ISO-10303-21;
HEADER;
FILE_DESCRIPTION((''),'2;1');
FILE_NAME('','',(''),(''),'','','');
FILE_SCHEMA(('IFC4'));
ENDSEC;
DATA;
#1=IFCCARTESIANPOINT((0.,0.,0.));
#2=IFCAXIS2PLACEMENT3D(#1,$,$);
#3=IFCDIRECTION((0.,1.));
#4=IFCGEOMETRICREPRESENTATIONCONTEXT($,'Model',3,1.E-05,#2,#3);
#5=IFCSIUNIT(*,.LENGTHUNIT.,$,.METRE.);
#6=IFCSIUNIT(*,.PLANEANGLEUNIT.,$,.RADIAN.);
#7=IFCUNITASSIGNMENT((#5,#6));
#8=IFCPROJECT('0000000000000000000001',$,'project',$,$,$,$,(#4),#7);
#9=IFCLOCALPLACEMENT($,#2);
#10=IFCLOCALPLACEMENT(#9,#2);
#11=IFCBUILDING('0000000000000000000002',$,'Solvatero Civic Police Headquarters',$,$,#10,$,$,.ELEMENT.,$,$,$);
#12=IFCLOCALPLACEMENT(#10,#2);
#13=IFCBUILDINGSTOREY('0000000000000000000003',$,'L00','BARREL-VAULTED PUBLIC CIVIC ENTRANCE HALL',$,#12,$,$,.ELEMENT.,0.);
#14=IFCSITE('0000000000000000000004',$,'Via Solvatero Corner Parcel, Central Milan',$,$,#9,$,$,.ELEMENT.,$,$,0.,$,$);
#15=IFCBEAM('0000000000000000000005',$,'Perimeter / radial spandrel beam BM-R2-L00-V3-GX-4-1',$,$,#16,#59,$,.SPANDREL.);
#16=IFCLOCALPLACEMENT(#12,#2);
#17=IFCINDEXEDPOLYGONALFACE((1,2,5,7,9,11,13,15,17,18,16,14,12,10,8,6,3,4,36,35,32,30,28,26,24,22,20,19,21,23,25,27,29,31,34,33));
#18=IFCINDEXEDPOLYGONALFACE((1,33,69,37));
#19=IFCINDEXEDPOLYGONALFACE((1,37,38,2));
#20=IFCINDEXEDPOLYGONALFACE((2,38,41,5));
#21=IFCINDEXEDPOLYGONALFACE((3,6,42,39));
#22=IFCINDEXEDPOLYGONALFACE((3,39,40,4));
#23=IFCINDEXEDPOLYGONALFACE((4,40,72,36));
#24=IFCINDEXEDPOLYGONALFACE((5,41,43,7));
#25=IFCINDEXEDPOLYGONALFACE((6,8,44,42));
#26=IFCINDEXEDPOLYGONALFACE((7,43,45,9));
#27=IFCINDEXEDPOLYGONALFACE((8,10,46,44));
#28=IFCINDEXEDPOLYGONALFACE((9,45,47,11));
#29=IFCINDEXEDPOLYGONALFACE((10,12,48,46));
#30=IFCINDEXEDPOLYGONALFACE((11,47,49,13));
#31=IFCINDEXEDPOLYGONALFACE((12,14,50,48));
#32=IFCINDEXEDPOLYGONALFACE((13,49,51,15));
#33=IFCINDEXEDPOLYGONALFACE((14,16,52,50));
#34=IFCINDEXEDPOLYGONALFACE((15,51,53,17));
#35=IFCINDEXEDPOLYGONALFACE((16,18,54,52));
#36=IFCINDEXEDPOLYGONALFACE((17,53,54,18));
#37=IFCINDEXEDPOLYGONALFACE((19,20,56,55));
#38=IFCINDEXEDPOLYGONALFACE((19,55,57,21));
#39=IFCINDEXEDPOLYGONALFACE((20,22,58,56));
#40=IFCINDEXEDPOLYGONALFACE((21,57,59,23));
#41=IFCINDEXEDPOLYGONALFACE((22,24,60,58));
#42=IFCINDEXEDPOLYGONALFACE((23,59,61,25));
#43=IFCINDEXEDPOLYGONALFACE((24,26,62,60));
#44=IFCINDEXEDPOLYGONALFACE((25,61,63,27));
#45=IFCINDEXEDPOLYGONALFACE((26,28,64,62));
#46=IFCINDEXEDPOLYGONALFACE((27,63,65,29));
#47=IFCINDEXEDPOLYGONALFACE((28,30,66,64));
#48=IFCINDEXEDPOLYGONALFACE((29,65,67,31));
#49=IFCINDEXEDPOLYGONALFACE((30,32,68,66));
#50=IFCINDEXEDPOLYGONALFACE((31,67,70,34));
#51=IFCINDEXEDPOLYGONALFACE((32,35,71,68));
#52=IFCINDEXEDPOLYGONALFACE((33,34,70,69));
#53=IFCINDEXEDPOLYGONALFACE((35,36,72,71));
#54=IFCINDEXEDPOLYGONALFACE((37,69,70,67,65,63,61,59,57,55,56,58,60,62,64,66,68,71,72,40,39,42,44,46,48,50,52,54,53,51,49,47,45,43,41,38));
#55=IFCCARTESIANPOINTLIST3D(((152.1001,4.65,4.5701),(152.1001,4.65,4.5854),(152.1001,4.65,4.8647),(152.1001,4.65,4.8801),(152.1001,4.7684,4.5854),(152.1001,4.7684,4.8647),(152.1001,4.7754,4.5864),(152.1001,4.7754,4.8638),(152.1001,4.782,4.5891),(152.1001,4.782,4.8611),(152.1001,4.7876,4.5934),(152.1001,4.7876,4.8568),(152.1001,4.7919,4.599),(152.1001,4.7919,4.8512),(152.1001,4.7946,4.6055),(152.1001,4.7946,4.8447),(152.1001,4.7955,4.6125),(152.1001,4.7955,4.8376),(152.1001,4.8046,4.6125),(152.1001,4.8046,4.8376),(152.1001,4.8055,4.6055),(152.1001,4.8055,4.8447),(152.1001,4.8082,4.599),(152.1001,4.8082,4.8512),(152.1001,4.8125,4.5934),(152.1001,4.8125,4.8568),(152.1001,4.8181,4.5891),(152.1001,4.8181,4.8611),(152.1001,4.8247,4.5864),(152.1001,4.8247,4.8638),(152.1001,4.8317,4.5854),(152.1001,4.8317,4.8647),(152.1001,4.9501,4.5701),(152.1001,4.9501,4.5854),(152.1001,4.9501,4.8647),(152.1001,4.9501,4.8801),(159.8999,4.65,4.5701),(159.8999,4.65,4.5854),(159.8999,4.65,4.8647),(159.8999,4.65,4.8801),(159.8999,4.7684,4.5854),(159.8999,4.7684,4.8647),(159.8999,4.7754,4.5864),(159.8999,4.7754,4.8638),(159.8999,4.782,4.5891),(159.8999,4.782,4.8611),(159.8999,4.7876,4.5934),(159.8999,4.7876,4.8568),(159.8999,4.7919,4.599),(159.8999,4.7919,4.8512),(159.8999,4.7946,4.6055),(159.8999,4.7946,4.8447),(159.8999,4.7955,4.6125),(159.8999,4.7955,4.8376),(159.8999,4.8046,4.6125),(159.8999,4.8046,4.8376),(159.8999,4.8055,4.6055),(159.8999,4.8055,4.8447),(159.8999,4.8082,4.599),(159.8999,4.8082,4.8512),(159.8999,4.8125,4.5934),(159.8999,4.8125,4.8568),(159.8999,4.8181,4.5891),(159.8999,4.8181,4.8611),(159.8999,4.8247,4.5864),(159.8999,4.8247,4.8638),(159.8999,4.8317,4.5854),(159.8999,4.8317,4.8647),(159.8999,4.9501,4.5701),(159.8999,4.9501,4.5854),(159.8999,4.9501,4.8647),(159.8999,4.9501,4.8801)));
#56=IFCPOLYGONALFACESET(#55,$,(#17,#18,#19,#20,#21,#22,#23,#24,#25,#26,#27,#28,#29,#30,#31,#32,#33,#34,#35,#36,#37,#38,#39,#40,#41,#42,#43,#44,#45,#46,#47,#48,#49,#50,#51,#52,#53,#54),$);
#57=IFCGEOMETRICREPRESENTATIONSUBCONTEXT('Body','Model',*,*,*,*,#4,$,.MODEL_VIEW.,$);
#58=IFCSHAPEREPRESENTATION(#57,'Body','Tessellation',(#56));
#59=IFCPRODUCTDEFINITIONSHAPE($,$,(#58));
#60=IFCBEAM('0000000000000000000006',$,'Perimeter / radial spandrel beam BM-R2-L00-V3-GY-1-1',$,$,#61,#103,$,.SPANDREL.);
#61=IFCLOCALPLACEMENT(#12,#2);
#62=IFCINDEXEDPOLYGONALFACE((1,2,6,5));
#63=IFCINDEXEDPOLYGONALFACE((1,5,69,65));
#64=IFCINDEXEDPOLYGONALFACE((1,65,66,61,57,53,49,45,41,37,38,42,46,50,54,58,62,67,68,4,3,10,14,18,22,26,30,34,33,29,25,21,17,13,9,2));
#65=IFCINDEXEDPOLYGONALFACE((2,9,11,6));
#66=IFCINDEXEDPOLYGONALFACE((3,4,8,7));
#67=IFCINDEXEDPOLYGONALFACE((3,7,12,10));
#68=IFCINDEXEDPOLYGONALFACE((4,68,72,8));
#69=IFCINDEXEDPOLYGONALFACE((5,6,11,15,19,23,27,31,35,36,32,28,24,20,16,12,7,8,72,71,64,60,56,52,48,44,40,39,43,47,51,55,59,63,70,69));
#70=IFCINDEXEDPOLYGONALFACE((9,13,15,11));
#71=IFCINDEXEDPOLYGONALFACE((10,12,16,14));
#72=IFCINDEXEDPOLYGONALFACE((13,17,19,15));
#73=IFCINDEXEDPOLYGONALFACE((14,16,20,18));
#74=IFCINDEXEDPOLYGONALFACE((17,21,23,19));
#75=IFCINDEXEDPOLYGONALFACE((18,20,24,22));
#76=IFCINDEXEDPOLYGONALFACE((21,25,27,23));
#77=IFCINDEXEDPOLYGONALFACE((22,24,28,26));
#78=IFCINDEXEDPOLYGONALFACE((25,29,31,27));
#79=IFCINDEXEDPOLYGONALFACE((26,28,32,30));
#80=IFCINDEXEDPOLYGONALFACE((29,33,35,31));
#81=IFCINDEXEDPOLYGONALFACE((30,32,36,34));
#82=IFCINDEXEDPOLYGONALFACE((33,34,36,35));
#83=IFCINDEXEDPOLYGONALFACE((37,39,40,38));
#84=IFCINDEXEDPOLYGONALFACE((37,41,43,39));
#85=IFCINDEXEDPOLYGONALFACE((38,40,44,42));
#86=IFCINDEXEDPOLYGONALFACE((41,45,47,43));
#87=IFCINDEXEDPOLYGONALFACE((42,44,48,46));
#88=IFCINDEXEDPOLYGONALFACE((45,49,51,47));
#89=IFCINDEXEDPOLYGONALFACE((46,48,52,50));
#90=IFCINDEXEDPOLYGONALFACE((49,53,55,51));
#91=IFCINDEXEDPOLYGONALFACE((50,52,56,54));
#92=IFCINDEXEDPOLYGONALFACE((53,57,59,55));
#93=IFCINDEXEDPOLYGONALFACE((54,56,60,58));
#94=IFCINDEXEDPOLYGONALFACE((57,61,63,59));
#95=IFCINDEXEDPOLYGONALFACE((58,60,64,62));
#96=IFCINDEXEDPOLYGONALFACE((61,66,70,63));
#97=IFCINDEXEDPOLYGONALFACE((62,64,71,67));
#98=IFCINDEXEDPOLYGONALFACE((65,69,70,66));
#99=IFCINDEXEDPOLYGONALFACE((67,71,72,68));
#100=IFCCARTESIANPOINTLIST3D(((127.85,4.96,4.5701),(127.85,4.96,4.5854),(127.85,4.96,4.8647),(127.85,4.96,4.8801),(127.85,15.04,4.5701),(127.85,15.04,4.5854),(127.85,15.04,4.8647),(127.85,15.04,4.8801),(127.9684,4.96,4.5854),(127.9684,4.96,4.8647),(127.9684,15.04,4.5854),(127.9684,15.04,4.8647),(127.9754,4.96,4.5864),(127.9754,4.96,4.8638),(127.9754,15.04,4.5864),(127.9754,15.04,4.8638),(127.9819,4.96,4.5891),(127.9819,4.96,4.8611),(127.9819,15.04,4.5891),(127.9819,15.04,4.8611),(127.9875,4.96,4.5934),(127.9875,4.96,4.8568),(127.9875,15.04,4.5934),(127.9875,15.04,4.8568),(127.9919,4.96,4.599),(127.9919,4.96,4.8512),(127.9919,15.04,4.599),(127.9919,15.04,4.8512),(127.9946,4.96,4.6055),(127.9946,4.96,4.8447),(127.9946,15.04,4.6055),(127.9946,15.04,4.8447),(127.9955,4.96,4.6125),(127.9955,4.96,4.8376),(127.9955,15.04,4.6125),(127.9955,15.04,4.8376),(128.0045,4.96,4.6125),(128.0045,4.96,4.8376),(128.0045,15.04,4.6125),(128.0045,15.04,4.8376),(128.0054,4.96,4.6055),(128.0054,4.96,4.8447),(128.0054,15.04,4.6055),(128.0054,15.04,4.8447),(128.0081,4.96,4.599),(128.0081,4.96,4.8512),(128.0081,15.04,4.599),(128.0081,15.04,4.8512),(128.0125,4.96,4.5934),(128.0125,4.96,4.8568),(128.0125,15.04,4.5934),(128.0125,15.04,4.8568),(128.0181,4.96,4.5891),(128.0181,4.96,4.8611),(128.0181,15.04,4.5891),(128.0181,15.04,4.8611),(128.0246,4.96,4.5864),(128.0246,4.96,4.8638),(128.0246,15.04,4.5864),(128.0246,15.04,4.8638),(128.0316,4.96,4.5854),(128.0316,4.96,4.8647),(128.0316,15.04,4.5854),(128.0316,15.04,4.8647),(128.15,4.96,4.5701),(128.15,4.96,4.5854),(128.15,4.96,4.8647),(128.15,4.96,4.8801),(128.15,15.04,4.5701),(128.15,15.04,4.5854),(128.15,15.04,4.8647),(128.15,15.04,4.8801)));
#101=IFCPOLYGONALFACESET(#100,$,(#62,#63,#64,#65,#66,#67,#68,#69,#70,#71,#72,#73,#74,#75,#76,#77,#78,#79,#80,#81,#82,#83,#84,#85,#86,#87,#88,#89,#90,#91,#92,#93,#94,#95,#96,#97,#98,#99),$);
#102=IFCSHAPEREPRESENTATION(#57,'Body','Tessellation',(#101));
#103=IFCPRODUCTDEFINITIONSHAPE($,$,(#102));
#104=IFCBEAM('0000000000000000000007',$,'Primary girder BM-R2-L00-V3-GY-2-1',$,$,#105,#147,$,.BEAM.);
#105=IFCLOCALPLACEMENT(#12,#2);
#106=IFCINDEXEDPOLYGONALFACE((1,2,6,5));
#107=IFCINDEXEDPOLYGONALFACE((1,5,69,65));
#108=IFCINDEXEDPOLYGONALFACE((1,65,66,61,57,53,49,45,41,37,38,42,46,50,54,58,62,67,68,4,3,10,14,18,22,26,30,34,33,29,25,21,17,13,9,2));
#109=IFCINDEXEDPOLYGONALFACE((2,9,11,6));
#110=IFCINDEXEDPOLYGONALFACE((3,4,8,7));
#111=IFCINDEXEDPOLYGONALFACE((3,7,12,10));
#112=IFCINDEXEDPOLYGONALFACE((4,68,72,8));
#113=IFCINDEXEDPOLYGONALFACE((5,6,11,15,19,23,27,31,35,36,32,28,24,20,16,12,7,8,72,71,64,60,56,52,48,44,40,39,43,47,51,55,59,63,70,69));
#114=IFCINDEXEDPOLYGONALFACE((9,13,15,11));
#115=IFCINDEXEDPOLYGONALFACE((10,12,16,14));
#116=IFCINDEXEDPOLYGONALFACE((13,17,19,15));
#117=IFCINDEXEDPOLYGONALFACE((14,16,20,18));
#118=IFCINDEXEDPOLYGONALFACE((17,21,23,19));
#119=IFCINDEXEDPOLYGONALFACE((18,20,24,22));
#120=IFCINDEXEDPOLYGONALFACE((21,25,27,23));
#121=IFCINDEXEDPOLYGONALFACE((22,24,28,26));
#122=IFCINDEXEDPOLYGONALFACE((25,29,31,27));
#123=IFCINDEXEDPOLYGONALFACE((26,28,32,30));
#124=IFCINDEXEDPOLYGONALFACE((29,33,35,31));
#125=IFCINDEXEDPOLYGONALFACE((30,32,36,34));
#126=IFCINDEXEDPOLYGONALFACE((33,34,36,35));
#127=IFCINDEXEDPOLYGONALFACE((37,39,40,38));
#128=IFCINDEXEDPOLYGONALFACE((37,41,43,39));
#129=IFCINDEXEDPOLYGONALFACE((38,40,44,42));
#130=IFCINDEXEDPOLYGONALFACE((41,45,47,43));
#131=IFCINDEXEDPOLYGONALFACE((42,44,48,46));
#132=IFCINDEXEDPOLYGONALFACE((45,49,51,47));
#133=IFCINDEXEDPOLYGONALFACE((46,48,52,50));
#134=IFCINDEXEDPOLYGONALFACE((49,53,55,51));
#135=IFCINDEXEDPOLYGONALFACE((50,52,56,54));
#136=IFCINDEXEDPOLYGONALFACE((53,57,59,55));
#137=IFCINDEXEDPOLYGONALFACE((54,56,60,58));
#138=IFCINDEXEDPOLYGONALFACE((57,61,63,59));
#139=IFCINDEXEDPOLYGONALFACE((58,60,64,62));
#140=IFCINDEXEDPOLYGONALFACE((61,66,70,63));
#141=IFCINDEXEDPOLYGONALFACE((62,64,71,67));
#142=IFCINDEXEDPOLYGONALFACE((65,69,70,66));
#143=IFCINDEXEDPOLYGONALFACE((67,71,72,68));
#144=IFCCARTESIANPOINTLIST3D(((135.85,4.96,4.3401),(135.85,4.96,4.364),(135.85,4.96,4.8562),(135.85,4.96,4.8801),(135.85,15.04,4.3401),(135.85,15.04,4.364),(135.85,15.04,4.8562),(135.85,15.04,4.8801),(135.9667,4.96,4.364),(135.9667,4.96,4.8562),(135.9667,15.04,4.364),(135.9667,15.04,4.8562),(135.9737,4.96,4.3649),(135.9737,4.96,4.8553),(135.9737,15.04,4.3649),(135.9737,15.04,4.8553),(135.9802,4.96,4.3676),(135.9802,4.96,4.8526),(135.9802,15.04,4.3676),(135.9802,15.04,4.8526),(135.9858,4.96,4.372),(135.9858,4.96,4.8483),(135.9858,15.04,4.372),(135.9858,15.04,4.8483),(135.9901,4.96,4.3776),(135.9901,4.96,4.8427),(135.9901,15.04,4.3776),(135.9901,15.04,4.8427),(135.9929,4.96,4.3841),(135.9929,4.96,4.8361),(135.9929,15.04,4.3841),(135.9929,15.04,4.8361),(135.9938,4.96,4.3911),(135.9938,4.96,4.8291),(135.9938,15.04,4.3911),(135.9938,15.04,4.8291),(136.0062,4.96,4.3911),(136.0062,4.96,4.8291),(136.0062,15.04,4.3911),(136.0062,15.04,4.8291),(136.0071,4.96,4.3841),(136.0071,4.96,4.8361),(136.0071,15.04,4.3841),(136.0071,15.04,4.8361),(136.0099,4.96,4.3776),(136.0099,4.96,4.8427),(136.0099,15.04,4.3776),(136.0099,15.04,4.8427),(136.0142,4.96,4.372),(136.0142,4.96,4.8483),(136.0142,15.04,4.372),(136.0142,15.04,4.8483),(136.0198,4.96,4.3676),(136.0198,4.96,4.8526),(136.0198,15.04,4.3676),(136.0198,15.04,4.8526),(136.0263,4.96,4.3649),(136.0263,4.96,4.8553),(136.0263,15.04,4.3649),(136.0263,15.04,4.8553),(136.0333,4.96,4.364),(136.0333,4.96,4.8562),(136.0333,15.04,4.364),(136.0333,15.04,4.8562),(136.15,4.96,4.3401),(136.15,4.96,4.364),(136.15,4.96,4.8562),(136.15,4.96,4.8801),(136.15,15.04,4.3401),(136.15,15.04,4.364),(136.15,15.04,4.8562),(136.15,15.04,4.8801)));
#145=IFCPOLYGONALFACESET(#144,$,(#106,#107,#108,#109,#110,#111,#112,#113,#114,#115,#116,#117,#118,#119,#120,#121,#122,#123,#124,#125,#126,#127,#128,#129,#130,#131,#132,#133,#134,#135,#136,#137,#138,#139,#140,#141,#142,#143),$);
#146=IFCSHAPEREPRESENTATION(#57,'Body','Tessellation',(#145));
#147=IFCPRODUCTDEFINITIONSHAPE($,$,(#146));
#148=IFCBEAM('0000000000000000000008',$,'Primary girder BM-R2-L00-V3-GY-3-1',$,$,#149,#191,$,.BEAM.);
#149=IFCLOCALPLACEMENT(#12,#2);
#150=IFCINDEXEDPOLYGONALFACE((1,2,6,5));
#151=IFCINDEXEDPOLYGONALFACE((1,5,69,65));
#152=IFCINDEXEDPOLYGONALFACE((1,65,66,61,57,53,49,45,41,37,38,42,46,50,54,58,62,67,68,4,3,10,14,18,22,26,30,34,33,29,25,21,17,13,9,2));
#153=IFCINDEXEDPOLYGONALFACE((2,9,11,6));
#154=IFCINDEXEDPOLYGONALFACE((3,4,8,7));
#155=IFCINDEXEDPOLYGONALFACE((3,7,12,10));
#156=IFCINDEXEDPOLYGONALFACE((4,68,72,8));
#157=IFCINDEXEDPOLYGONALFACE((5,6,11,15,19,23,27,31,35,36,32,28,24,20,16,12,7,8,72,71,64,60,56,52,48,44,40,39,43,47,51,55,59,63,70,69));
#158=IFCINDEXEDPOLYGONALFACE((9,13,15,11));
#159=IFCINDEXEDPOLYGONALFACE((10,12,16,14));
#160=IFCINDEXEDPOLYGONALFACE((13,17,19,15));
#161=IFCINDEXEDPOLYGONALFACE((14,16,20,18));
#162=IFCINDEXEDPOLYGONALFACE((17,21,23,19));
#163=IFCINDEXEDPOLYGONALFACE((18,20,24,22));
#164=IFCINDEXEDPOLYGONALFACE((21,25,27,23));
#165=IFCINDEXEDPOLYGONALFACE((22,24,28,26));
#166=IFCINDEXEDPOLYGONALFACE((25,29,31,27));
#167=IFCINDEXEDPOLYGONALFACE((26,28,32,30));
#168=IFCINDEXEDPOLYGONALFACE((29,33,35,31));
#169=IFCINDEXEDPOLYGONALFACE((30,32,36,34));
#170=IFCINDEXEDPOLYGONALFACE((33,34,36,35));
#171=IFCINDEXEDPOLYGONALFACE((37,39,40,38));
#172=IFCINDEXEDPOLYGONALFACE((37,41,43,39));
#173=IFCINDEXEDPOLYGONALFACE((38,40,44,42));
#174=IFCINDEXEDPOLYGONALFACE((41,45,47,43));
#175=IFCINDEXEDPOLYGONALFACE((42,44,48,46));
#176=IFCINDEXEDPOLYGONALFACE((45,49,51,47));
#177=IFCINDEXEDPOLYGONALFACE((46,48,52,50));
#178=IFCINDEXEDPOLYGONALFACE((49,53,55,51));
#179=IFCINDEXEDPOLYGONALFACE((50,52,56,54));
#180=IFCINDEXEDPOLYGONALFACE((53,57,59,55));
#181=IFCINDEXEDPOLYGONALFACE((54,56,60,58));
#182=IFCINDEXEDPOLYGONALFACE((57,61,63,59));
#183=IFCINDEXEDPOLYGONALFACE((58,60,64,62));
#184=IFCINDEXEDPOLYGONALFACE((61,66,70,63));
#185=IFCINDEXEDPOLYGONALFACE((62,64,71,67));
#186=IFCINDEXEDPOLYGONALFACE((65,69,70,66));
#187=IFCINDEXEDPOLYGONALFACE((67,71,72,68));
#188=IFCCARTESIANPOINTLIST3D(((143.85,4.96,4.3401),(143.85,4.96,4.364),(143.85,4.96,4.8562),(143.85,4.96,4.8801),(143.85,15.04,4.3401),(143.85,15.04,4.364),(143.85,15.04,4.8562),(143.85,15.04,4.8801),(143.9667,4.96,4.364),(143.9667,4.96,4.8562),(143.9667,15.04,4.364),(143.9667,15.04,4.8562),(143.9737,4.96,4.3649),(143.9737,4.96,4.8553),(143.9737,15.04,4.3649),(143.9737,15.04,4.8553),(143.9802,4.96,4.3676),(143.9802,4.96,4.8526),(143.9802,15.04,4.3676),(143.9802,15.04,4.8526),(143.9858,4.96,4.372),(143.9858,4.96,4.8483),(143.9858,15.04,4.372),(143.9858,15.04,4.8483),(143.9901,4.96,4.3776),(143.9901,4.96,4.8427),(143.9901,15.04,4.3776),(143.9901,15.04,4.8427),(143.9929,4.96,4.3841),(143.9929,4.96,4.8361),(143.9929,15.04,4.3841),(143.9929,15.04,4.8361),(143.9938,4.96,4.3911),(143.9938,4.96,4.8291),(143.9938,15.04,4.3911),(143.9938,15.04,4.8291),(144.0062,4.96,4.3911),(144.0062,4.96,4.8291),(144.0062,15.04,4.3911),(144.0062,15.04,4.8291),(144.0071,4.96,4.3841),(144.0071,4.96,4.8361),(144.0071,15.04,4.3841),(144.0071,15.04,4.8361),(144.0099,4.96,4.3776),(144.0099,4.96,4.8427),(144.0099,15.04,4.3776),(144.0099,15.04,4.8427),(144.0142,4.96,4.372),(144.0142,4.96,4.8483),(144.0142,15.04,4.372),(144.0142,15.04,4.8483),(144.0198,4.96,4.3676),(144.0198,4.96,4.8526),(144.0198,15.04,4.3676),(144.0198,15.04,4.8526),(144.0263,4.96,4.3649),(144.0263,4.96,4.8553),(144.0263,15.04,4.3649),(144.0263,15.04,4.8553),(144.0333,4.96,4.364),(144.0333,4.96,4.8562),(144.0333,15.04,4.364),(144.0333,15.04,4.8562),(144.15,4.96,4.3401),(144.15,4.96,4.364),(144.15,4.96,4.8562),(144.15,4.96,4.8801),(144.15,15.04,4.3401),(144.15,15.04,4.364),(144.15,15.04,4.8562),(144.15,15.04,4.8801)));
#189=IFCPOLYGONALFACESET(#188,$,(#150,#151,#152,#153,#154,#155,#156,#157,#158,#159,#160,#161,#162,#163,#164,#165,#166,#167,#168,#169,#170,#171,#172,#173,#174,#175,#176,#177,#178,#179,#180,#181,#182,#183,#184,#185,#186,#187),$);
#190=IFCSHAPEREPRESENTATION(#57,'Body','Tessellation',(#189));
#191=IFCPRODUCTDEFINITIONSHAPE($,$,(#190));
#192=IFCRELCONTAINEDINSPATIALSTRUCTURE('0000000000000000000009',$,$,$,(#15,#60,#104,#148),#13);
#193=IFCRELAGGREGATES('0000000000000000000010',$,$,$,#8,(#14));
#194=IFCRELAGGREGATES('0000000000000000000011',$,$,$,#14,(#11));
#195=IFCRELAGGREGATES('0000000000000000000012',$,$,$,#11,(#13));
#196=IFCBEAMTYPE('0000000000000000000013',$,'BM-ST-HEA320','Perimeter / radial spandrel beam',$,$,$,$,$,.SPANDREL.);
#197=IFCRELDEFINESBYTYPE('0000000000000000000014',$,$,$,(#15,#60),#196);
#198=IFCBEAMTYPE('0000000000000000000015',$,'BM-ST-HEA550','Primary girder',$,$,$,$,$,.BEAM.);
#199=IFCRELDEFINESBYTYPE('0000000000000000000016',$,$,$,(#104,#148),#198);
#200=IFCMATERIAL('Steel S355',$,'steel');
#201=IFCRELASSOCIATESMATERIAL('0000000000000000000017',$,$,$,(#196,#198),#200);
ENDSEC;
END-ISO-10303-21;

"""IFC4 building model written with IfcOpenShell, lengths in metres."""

from ifc_helpers import new_model, si_unit, direction, frame, origin, origin_2d, place, context, subcontext, project, spatial, i_section, extrude, material, material_profile, profile_set, type_object, element, save


model = new_model("IFC4")

# Units and contexts
model_context = context("Model", 3, precision=1e-05, world=origin(), true_north=direction((0.0, 1.0)))
body_context = subcontext(model_context, "Body", "Model", "MODEL_VIEW")
ifc_project = project(units=[si_unit("LENGTHUNIT", "METRE"), si_unit("PLANEANGLEUNIT", "RADIAN")], contexts=[model_context])

# Site, building, storey
site_placement = place(None, origin())
site = spatial("IfcSite", under=ifc_project, at=site_placement, Name="Via Solvatero Corner Parcel, Central Milan", CompositionType="ELEMENT", RefElevation=0.0)
building_placement = place(site_placement, origin())
building = spatial("IfcBuilding", under=site, at=building_placement, Name="Solvatero Civic Police Headquarters", CompositionType="ELEMENT")
storey_placement = place(building_placement, origin())
storey = spatial("IfcBuildingStorey", under=building, at=storey_placement, Name="L00", Description="BARREL-VAULTED PUBLIC CIVIC ENTRANCE HALL", CompositionType="ELEMENT", Elevation=0.0)

# Beams
ifc_material_1 = material(Name="Steel S355", Category="steel")
ifc_material_profile_1 = material_profile(ifc_material_1, i_section(OverallWidth=0.3, OverallDepth=0.3101, WebThickness=0.009, FlangeThickness=0.0154, FilletRadius=0.0271, at=origin_2d()), Name="HEA 320")
ifc_profile_set_1 = profile_set([ifc_material_profile_1], Name="Steel S355")
beam_type_1 = type_object("IfcBeamType", Name="BM-ST-HEA320", Description="Perimeter / radial spandrel beam", PredefinedType="SPANDREL", material=ifc_profile_set_1)
for number, where, z_axis, x_axis, name in (
    (1, (152.1001, 4.8, 4.7251), (1.0, 0.0, 0.0), (0.0, 1.0, 0.0), "Perimeter / radial spandrel beam BM-R2-L00-V3-GX-4-1"),
):
    element("IfcBeam", number, at=place(storey_placement, frame(where, z_axis=z_axis, x_axis=x_axis)), inside=storey, type_object=beam_type_1, Name=name, PredefinedType="SPANDREL", context=body_context, shape_type="SweptSolid", body=[
        extrude(i_section(OverallWidth=0.3, OverallDepth=0.3101, WebThickness=0.009, FlangeThickness=0.0154, FilletRadius=0.0271, at=origin_2d()), origin(), (0.0, 0.0, 1.0), 7.7998),
    ])
beam_1_placement = place(storey_placement, frame((128.0, 4.96, 4.7251), z_axis=(0.0, 1.0, 0.0), x_axis=(-1.0, 0.0, 0.0)))
element("IfcBeam", 2, at=beam_1_placement, inside=storey, type_object=beam_type_1, Name="Perimeter / radial spandrel beam BM-R2-L00-V3-GY-1-1", PredefinedType="SPANDREL", context=body_context, shape_type="SweptSolid", body=[
    extrude(i_section(OverallWidth=0.3, OverallDepth=0.3101, WebThickness=0.009, FlangeThickness=0.0154, FilletRadius=0.0271, at=origin_2d()), origin(), (0.0, 0.0, 1.0), 10.0801),
])
ifc_material_profile_2 = material_profile(ifc_material_1, i_section(OverallWidth=0.3, OverallDepth=0.54, WebThickness=0.0125, FlangeThickness=0.0239, FilletRadius=0.0271, at=origin_2d()), Name="HEA 550")
ifc_profile_set_2 = profile_set([ifc_material_profile_2], Name="Steel S355")
beam_type_2 = type_object("IfcBeamType", Name="BM-ST-HEA550", Description="Primary girder", PredefinedType="BEAM", material=ifc_profile_set_2)
for number, where, z_axis, x_axis, name in (
    (3, (136.0, 4.96, 4.6101), (0.0, 1.0, 0.0), (-1.0, 0.0, 0.0), "Primary girder BM-R2-L00-V3-GY-2-1"),
    (4, (144.0, 4.96, 4.6101), (0.0, 1.0, 0.0), (-1.0, 0.0, 0.0), "Primary girder BM-R2-L00-V3-GY-3-1"),
):
    element("IfcBeam", number, at=place(storey_placement, frame(where, z_axis=z_axis, x_axis=x_axis)), inside=storey, type_object=beam_type_2, Name=name, PredefinedType="BEAM", context=body_context, shape_type="SweptSolid", body=[
        extrude(i_section(OverallWidth=0.3, OverallDepth=0.54, WebThickness=0.0125, FlangeThickness=0.0239, FilletRadius=0.0271, at=origin_2d()), origin(), (0.0, 0.0, 1.0), 10.0801),
    ])

save(model, "model.ifc")
